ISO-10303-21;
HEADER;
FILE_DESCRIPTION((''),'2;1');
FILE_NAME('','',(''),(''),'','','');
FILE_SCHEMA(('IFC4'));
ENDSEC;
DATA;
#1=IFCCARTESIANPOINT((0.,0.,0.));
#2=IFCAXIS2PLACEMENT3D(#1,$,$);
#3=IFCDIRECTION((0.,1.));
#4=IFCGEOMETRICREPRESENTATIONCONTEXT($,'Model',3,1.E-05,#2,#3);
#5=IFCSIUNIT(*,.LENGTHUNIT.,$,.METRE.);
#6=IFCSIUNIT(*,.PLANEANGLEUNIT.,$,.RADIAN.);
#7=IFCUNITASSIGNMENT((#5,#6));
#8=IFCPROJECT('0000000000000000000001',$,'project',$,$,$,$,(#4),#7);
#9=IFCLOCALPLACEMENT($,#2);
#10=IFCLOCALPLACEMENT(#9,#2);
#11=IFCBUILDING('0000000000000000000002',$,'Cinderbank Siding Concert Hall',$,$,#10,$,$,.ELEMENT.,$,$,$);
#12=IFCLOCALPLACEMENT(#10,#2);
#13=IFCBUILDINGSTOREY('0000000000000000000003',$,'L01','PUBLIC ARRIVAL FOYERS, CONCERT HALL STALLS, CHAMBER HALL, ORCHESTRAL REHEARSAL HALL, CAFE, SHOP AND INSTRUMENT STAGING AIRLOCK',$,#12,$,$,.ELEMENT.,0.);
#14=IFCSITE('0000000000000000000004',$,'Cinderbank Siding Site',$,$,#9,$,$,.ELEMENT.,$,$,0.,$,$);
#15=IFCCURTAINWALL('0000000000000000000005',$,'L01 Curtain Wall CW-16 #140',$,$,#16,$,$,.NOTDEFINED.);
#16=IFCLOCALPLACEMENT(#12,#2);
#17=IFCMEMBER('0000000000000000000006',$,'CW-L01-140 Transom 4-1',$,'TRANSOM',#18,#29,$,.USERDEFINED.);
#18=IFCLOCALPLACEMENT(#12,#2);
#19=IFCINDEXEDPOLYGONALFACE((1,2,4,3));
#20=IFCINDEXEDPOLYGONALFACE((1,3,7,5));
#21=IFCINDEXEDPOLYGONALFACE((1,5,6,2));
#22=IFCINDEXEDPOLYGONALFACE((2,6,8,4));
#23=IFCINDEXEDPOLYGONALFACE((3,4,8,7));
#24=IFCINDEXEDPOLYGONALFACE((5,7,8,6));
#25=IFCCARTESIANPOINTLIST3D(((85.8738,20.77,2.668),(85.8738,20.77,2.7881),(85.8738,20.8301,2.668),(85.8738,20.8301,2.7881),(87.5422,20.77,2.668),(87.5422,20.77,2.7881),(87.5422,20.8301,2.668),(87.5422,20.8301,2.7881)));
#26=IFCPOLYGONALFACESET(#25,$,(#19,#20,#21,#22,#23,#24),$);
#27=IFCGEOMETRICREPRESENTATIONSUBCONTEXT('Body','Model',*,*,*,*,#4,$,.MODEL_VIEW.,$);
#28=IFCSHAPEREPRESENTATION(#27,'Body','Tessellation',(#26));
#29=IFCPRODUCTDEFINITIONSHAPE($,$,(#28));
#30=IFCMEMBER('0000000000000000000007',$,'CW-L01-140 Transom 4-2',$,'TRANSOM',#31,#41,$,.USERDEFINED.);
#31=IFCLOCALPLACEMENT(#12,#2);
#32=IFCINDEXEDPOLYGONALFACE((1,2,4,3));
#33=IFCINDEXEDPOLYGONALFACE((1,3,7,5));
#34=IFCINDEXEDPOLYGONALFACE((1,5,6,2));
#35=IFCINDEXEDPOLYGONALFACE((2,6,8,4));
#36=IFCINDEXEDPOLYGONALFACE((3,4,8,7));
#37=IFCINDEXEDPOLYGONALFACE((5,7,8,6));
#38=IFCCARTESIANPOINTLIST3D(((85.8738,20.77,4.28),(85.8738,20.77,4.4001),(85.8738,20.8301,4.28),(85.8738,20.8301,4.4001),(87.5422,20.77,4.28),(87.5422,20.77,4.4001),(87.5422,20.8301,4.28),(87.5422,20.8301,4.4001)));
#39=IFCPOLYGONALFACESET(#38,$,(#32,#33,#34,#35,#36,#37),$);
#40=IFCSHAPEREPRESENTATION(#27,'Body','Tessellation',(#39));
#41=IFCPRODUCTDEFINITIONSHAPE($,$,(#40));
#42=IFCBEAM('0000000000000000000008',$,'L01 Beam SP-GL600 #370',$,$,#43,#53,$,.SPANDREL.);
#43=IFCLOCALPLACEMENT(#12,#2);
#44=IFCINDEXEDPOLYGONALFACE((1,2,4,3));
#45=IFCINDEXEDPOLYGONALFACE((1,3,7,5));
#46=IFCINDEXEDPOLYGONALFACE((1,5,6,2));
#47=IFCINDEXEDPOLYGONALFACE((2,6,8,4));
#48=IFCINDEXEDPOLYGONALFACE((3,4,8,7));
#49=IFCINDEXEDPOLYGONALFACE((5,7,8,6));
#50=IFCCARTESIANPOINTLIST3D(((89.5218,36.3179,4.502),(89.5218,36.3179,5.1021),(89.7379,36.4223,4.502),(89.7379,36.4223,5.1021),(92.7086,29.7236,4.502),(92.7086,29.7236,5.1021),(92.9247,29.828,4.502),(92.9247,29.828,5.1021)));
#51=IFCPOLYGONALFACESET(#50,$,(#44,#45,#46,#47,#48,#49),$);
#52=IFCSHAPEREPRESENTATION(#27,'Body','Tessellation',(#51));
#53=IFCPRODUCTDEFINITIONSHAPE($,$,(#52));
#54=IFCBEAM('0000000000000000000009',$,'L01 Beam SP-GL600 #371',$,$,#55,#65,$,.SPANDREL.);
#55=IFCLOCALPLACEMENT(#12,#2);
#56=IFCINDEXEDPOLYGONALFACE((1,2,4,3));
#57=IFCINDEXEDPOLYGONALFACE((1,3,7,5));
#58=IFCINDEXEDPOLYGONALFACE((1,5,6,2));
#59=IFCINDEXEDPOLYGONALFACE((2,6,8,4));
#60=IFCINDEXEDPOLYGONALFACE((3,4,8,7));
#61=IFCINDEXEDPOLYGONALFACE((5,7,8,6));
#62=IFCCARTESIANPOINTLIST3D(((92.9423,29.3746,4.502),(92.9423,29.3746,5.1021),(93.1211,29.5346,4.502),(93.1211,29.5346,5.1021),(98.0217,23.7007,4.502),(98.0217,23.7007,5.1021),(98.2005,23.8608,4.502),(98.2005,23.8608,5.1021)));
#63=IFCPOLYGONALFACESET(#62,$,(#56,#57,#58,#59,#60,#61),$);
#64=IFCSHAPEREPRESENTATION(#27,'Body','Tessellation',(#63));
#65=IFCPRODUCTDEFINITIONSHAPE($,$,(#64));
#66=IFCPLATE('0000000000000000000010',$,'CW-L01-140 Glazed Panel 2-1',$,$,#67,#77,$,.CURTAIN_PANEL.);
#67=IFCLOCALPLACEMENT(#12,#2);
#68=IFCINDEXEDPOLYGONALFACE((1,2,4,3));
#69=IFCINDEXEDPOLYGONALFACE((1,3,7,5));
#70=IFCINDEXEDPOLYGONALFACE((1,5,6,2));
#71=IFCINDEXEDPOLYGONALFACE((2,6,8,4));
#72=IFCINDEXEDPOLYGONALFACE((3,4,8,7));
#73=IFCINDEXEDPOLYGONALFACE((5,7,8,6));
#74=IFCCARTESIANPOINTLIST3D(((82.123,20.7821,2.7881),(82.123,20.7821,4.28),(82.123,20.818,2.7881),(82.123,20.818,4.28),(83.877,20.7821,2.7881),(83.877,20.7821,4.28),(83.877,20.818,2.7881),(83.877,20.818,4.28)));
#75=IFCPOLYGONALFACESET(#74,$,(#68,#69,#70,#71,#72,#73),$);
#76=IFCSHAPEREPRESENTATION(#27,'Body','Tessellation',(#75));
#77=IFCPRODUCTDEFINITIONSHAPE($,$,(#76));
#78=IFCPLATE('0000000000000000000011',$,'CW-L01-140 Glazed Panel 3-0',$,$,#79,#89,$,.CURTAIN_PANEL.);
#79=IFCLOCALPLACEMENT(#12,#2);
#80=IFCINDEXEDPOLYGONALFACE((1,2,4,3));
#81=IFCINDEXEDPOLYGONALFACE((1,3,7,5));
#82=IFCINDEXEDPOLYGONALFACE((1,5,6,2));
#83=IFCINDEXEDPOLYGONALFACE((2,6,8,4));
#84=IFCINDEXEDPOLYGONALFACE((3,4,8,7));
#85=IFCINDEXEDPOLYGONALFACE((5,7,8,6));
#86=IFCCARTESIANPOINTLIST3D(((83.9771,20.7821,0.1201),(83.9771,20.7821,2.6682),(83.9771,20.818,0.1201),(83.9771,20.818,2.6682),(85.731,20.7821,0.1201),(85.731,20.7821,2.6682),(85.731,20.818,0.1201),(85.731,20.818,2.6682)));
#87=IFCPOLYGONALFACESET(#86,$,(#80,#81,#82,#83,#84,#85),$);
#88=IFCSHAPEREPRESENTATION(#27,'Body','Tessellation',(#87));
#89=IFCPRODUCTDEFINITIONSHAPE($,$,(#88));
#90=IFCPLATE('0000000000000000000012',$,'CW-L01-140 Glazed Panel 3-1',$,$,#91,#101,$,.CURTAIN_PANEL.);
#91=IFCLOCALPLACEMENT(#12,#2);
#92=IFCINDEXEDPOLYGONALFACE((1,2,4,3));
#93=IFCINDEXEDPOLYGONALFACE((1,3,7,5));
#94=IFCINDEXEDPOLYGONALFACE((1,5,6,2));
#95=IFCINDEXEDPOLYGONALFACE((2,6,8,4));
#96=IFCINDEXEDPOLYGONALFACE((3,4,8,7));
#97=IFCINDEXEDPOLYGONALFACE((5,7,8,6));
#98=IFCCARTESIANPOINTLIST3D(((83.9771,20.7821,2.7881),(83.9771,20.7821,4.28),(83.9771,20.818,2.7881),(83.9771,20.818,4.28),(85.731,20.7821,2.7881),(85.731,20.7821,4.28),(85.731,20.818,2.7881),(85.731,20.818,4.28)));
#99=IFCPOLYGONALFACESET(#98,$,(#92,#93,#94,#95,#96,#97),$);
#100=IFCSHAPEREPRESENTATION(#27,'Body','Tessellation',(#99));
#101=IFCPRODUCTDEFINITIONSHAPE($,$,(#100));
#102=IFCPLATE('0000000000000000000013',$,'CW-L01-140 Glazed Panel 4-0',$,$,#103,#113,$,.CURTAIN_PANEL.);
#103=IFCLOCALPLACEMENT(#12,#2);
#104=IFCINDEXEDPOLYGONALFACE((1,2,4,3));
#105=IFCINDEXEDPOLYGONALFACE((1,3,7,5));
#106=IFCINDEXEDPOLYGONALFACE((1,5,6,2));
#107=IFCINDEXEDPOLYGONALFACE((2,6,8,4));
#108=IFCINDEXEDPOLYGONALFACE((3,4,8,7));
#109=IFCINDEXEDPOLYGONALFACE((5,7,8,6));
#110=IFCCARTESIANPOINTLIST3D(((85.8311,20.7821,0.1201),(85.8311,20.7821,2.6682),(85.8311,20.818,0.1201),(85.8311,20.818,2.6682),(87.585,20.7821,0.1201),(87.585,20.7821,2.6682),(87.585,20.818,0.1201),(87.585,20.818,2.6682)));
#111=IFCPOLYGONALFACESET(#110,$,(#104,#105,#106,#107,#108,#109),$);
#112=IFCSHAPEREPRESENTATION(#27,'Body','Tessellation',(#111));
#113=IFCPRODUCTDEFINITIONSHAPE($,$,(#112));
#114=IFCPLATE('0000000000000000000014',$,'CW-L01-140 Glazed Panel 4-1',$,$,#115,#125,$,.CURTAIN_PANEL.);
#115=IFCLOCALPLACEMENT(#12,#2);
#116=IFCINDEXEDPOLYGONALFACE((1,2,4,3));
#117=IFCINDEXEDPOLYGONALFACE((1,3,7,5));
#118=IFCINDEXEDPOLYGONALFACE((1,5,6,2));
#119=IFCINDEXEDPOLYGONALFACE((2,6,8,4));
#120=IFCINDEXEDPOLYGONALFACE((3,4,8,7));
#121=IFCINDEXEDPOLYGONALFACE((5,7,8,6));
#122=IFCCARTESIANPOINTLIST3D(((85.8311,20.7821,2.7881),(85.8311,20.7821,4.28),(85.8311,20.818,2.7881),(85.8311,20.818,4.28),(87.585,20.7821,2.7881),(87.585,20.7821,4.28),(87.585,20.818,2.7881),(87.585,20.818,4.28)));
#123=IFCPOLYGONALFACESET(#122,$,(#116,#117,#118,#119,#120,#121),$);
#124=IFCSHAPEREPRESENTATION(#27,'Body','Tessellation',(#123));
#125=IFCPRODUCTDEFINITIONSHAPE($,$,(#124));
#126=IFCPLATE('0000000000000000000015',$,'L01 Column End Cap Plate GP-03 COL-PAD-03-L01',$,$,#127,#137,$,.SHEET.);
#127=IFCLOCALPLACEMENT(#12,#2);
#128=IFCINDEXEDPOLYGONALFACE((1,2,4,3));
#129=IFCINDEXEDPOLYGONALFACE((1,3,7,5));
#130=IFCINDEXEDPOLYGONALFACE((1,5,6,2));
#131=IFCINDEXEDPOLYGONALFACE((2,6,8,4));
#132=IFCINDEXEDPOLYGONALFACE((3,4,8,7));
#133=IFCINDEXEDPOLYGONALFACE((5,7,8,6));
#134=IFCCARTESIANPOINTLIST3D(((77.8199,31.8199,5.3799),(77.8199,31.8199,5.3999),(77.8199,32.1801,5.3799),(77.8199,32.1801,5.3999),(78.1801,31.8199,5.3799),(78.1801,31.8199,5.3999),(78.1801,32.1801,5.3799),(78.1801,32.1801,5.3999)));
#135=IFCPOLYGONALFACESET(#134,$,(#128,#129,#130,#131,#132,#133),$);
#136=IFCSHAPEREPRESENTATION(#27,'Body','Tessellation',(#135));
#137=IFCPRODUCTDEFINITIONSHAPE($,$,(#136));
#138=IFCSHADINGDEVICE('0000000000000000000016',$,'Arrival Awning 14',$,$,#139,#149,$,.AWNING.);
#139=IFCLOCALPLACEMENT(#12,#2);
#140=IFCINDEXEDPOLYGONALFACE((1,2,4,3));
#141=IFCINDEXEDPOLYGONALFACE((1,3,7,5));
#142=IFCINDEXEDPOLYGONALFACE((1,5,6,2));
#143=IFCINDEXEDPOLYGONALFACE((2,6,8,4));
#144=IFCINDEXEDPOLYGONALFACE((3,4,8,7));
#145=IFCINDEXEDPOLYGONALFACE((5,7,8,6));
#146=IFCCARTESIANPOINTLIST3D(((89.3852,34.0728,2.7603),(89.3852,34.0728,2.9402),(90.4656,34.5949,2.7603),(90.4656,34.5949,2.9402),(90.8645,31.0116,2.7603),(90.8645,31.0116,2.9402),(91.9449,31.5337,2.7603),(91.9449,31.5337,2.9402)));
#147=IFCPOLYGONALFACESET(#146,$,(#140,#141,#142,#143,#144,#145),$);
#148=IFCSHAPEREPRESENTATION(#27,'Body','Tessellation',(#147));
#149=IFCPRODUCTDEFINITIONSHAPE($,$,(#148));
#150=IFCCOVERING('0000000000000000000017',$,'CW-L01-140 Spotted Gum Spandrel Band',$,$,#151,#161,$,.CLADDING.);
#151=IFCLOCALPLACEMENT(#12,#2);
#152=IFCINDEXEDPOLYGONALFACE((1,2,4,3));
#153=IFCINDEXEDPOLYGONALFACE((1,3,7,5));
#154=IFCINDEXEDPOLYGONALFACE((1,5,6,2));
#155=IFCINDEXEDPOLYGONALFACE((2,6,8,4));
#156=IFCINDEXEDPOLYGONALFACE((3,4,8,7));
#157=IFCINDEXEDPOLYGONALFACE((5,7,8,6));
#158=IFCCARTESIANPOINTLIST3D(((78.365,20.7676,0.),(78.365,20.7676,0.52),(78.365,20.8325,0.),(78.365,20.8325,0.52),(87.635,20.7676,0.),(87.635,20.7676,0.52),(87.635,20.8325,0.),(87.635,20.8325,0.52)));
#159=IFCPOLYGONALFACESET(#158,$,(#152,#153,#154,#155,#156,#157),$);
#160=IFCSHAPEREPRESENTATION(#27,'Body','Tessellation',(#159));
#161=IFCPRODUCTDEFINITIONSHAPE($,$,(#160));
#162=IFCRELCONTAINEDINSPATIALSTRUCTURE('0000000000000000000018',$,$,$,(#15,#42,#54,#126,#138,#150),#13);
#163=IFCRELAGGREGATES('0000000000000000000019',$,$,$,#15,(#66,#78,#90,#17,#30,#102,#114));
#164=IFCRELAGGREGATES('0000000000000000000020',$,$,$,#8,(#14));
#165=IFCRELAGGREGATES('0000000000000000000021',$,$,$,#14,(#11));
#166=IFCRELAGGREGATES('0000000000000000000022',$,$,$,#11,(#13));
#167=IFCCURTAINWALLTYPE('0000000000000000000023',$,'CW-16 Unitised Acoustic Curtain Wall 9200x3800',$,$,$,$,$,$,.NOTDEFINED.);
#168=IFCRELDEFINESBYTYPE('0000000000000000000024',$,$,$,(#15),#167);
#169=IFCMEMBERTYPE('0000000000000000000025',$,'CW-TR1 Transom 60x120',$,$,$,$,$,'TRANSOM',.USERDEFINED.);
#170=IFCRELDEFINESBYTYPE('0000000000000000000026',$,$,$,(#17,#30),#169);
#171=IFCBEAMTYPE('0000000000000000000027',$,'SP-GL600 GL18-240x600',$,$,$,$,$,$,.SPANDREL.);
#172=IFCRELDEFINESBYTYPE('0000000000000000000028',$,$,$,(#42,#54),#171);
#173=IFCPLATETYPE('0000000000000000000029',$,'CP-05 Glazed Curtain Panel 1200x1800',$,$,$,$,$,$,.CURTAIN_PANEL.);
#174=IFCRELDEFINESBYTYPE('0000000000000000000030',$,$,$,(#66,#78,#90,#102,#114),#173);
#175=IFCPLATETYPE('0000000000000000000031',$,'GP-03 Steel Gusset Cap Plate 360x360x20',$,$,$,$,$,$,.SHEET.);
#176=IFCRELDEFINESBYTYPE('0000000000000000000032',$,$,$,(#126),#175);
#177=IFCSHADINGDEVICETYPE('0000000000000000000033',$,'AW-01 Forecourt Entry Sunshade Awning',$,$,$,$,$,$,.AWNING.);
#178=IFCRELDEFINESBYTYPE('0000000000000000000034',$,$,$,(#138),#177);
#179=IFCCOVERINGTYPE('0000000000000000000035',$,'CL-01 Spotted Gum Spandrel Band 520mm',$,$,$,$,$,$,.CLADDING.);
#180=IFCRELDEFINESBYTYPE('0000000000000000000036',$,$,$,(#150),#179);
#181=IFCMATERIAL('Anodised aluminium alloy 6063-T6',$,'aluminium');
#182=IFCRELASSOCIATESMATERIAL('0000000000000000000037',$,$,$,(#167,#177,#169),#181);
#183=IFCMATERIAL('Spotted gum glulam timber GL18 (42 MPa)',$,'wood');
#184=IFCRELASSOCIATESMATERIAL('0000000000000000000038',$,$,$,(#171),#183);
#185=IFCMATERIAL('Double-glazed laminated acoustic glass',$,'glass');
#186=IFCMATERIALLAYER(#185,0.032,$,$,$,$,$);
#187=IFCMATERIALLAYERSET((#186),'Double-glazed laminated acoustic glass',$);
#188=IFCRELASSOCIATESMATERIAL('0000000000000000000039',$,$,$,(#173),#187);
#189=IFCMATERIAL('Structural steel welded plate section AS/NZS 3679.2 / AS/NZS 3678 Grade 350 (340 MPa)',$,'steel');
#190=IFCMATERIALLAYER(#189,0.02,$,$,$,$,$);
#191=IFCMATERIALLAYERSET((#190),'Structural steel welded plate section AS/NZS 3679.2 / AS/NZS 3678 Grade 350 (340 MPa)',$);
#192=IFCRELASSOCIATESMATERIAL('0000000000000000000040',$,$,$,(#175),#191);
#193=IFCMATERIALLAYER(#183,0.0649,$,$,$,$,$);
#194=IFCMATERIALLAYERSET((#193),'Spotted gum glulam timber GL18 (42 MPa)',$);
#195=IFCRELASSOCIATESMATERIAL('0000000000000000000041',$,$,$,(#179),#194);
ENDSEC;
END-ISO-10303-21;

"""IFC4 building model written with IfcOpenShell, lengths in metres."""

from ifc_helpers import new_model, si_unit, direction, frame, origin, origin_2d, place, context, subcontext, project, spatial, rectangle, extrude, material, layer, layer_set, material_profile, profile_set, type_object, element, aggregate, save


model = new_model("IFC4")

# Units and contexts
model_context = context("Model", 3, precision=1e-05, world=origin(), true_north=direction((0.0, 1.0)))
body_context = subcontext(model_context, "Body", "Model", "MODEL_VIEW")
ifc_project = project(units=[si_unit("LENGTHUNIT", "METRE"), si_unit("PLANEANGLEUNIT", "RADIAN")], contexts=[model_context])

# Site, building, storey
site_placement = place(None, origin())
site = spatial("IfcSite", under=ifc_project, at=site_placement, Name="Cinderbank Siding Site", CompositionType="ELEMENT", RefElevation=0.0)
building_placement = place(site_placement, origin())
building = spatial("IfcBuilding", under=site, at=building_placement, Name="Cinderbank Siding Concert Hall", CompositionType="ELEMENT")
storey_placement = place(building_placement, origin())
storey = spatial("IfcBuildingStorey", under=building, at=storey_placement, Name="L01", Description="PUBLIC ARRIVAL FOYERS, CONCERT HALL STALLS, CHAMBER HALL, ORCHESTRAL REHEARSAL HALL, CAFE, SHOP AND INSTRUMENT STAGING AIRLOCK", CompositionType="ELEMENT", Elevation=0.0)

# Curtain wall, members
ifc_material_1 = material(Name="Anodised aluminium alloy 6063-T6", Category="aluminium")
curtain_wall_type = type_object("IfcCurtainWallType", Name="CW-16 Unitised Acoustic Curtain Wall 9200x3800", PredefinedType="NOTDEFINED", material=ifc_material_1)
curtain_wall_placement = place(storey_placement, origin())
curtain_wall = element("IfcCurtainWall", 1, at=curtain_wall_placement, inside=storey, type_object=curtain_wall_type, Name="L01 Curtain Wall CW-16 #140", PredefinedType="NOTDEFINED")
ifc_material_profile_1 = material_profile(ifc_material_1, rectangle(XDim=0.0601, YDim=0.1201, at=origin_2d()), Name="ALU-TRAN-60x120", Category="LoadBearing")
ifc_profile_set_1 = profile_set([ifc_material_profile_1], Name="Anodised aluminium alloy 6063-T6")
member_type_1 = type_object("IfcMemberType", Name="CW-TR1 Transom 60x120", ElementType="TRANSOM", PredefinedType="USERDEFINED", material=ifc_profile_set_1)
member_1_placement = place(storey_placement, frame((85.8738, 20.8, 2.728), z_axis=(1.0, 0.0, 0.0), x_axis=(0.0, 1.0, 0.0)))
member_1 = element("IfcMember", 2, at=member_1_placement, type_object=member_type_1, Name="CW-L01-140 Transom 4-1", ObjectType="TRANSOM", PredefinedType="USERDEFINED", context=body_context, shape_type="SweptSolid", body=[
    extrude(rectangle(XDim=0.0601, YDim=0.1201, at=origin_2d()), origin(), (0.0, 0.0, 1.0), 1.6685),
])
member_2_placement = place(storey_placement, frame((85.8738, 20.8, 4.3401), z_axis=(1.0, 0.0, 0.0), x_axis=(0.0, 1.0, 0.0)))
member_2 = element("IfcMember", 3, at=member_2_placement, type_object=member_type_1, Name="CW-L01-140 Transom 4-2", ObjectType="TRANSOM", PredefinedType="USERDEFINED", context=body_context, shape_type="SweptSolid", body=[
    extrude(rectangle(XDim=0.0601, YDim=0.1201, at=origin_2d()), origin(), (0.0, 0.0, 1.0), 1.6685),
])

# Beams
ifc_material_2 = material(Name="Spotted gum glulam timber GL18 (42 MPa)", Category="wood")
ifc_material_profile_2 = material_profile(ifc_material_2, rectangle(XDim=0.24, YDim=0.6001, at=origin_2d()), Name="GL18-240x600", Category="LoadBearing")
ifc_profile_set_2 = profile_set([ifc_material_profile_2], Name="Spotted gum glulam timber GL18 (42 MPa)")
beam_type_1 = type_object("IfcBeamType", Name="SP-GL600 GL18-240x600", PredefinedType="SPANDREL", material=ifc_profile_set_2)
beam_1_placement = place(storey_placement, frame((89.6299, 36.3701, 4.802), z_axis=(0.435119, -0.900373, 0.0), x_axis=(0.900373, 0.435119, 0.0)))
element("IfcBeam", 4, at=beam_1_placement, inside=storey, type_object=beam_type_1, Name="L01 Beam SP-GL600 #370", PredefinedType="SPANDREL", context=body_context, shape_type="SweptSolid", body=[
    extrude(rectangle(XDim=0.24, YDim=0.6001, at=origin_2d()), origin(), (0.0, 0.0, 1.0), 7.324),
])
beam_2_placement = place(storey_placement, frame((93.0317, 29.4546, 4.802), z_axis=(0.666996, -0.745061, 0.0), x_axis=(0.745061, 0.666996, 0.0)))
element("IfcBeam", 5, at=beam_2_placement, inside=storey, type_object=beam_type_1, Name="L01 Beam SP-GL600 #371", PredefinedType="SPANDREL", context=body_context, shape_type="SweptSolid", body=[
    extrude(rectangle(XDim=0.24, YDim=0.6001, at=origin_2d()), origin(), (0.0, 0.0, 1.0), 7.6152),
])

# Plates
ifc_material_3 = material(Name="Double-glazed laminated acoustic glass", Category="glass")
ifc_layer_1 = layer(ifc_material_3, 0.032)
ifc_layer_set_1 = layer_set([ifc_layer_1], Name="Double-glazed laminated acoustic glass")
plate_type_1 = type_object("IfcPlateType", Name="CP-05 Glazed Curtain Panel 1200x1800", PredefinedType="CURTAIN_PANEL", material=ifc_layer_set_1)
plate_1_placement = place(storey_placement, frame((83.0, 20.8, 2.7881), z_axis=(0.0, 0.0, 1.0), x_axis=(1.0, 0.0, 0.0)))
plate_1 = element("IfcPlate", 6, at=plate_1_placement, type_object=plate_type_1, Name="CW-L01-140 Glazed Panel 2-1", PredefinedType="CURTAIN_PANEL", context=body_context, shape_type="SweptSolid", body=[
    extrude(rectangle(XDim=1.7539, YDim=0.0359, at=origin_2d()), origin(), (0.0, 0.0, 1.0), 1.4919),
])
plate_2_placement = place(storey_placement, frame((84.854, 20.8, 0.1201), z_axis=(0.0, 0.0, 1.0), x_axis=(1.0, 0.0, 0.0)))
plate_2 = element("IfcPlate", 7, at=plate_2_placement, type_object=plate_type_1, Name="CW-L01-140 Glazed Panel 3-0", PredefinedType="CURTAIN_PANEL", context=body_context, shape_type="SweptSolid", body=[
    extrude(rectangle(XDim=1.7539, YDim=0.0359, at=origin_2d()), origin(), (0.0, 0.0, 1.0), 2.5481),
])
plate_3_placement = place(storey_placement, frame((84.854, 20.8, 2.7881), z_axis=(0.0, 0.0, 1.0), x_axis=(1.0, 0.0, 0.0)))
plate_3 = element("IfcPlate", 8, at=plate_3_placement, type_object=plate_type_1, Name="CW-L01-140 Glazed Panel 3-1", PredefinedType="CURTAIN_PANEL", context=body_context, shape_type="SweptSolid", body=[
    extrude(rectangle(XDim=1.7539, YDim=0.0359, at=origin_2d()), origin(), (0.0, 0.0, 1.0), 1.4919),
])
plate_4_placement = place(storey_placement, frame((86.708, 20.8, 0.1201), z_axis=(0.0, 0.0, 1.0), x_axis=(1.0, 0.0, 0.0)))
plate_4 = element("IfcPlate", 9, at=plate_4_placement, type_object=plate_type_1, Name="CW-L01-140 Glazed Panel 4-0", PredefinedType="CURTAIN_PANEL", context=body_context, shape_type="SweptSolid", body=[
    extrude(rectangle(XDim=1.7539, YDim=0.0359, at=origin_2d()), origin(), (0.0, 0.0, 1.0), 2.5481),
])
plate_5_placement = place(storey_placement, frame((86.708, 20.8, 2.7881), z_axis=(0.0, 0.0, 1.0), x_axis=(1.0, 0.0, 0.0)))
plate_5 = element("IfcPlate", 10, at=plate_5_placement, type_object=plate_type_1, Name="CW-L01-140 Glazed Panel 4-1", PredefinedType="CURTAIN_PANEL", context=body_context, shape_type="SweptSolid", body=[
    extrude(rectangle(XDim=1.7539, YDim=0.0359, at=origin_2d()), origin(), (0.0, 0.0, 1.0), 1.4919),
])
aggregate(curtain_wall, [plate_1, plate_2, plate_3, member_1, member_2, plate_4, plate_5])
ifc_material_4 = material(Name="Structural steel welded plate section AS/NZS 3679.2 / AS/NZS 3678 Grade 350 (340 MPa)", Category="steel")
ifc_layer_2 = layer(ifc_material_4, 0.02)
ifc_layer_set_2 = layer_set([ifc_layer_2], Name="Structural steel welded plate section AS/NZS 3679.2 / AS/NZS 3678 Grade 350 (340 MPa)")
plate_type_2 = type_object("IfcPlateType", Name="GP-03 Steel Gusset Cap Plate 360x360x20", PredefinedType="SHEET", material=ifc_layer_set_2)
plate_6_placement = place(storey_placement, frame((78.0, 32.0, 5.3799), z_axis=(0.0, 0.0, 1.0), x_axis=(1.0, 0.0, 0.0)))
element("IfcPlate", 11, at=plate_6_placement, inside=storey, type_object=plate_type_2, Name="L01 Column End Cap Plate GP-03 COL-PAD-03-L01", PredefinedType="SHEET", context=body_context, shape_type="SweptSolid", body=[
    extrude(rectangle(XDim=0.3601, YDim=0.3601, at=origin_2d()), origin(), (0.0, 0.0, 1.0), 0.02),
])

# Shading device
shading_device_type = type_object("IfcShadingDeviceType", Name="AW-01 Forecourt Entry Sunshade Awning", PredefinedType="AWNING", material=ifc_material_1)
shading_device_placement = place(storey_placement, frame((90.665, 32.8032, 2.7603), z_axis=(0.0, 0.0, 1.0), x_axis=(0.435102, -0.900381, 0.0)))
element("IfcShadingDevice", 12, at=shading_device_placement, inside=storey, type_object=shading_device_type, Name="Arrival Awning 14", PredefinedType="AWNING", context=body_context, shape_type="SweptSolid", body=[
    extrude(rectangle(XDim=3.3999, YDim=1.2, at=origin_2d()), origin(), (0.0, 0.0, 1.0), 0.1799),
])

# Covering
ifc_layer_3 = layer(ifc_material_2, 0.0649)
ifc_layer_set_3 = layer_set([ifc_layer_3], Name="Spotted gum glulam timber GL18 (42 MPa)")
covering_type = type_object("IfcCoveringType", Name="CL-01 Spotted Gum Spandrel Band 520mm", PredefinedType="CLADDING", material=ifc_layer_set_3)
covering_placement = place(storey_placement, frame((83.0, 20.8, 0.0), z_axis=(0.0, 0.0, 1.0), x_axis=(1.0, 0.0, 0.0)))
element("IfcCovering", 13, at=covering_placement, inside=storey, type_object=covering_type, Name="CW-L01-140 Spotted Gum Spandrel Band", PredefinedType="CLADDING", context=body_context, shape_type="SweptSolid", body=[
    extrude(rectangle(XDim=9.27, YDim=0.0649, at=origin_2d()), origin(), (0.0, 0.0, 1.0), 0.52),
])

save(model, "model.ifc")
